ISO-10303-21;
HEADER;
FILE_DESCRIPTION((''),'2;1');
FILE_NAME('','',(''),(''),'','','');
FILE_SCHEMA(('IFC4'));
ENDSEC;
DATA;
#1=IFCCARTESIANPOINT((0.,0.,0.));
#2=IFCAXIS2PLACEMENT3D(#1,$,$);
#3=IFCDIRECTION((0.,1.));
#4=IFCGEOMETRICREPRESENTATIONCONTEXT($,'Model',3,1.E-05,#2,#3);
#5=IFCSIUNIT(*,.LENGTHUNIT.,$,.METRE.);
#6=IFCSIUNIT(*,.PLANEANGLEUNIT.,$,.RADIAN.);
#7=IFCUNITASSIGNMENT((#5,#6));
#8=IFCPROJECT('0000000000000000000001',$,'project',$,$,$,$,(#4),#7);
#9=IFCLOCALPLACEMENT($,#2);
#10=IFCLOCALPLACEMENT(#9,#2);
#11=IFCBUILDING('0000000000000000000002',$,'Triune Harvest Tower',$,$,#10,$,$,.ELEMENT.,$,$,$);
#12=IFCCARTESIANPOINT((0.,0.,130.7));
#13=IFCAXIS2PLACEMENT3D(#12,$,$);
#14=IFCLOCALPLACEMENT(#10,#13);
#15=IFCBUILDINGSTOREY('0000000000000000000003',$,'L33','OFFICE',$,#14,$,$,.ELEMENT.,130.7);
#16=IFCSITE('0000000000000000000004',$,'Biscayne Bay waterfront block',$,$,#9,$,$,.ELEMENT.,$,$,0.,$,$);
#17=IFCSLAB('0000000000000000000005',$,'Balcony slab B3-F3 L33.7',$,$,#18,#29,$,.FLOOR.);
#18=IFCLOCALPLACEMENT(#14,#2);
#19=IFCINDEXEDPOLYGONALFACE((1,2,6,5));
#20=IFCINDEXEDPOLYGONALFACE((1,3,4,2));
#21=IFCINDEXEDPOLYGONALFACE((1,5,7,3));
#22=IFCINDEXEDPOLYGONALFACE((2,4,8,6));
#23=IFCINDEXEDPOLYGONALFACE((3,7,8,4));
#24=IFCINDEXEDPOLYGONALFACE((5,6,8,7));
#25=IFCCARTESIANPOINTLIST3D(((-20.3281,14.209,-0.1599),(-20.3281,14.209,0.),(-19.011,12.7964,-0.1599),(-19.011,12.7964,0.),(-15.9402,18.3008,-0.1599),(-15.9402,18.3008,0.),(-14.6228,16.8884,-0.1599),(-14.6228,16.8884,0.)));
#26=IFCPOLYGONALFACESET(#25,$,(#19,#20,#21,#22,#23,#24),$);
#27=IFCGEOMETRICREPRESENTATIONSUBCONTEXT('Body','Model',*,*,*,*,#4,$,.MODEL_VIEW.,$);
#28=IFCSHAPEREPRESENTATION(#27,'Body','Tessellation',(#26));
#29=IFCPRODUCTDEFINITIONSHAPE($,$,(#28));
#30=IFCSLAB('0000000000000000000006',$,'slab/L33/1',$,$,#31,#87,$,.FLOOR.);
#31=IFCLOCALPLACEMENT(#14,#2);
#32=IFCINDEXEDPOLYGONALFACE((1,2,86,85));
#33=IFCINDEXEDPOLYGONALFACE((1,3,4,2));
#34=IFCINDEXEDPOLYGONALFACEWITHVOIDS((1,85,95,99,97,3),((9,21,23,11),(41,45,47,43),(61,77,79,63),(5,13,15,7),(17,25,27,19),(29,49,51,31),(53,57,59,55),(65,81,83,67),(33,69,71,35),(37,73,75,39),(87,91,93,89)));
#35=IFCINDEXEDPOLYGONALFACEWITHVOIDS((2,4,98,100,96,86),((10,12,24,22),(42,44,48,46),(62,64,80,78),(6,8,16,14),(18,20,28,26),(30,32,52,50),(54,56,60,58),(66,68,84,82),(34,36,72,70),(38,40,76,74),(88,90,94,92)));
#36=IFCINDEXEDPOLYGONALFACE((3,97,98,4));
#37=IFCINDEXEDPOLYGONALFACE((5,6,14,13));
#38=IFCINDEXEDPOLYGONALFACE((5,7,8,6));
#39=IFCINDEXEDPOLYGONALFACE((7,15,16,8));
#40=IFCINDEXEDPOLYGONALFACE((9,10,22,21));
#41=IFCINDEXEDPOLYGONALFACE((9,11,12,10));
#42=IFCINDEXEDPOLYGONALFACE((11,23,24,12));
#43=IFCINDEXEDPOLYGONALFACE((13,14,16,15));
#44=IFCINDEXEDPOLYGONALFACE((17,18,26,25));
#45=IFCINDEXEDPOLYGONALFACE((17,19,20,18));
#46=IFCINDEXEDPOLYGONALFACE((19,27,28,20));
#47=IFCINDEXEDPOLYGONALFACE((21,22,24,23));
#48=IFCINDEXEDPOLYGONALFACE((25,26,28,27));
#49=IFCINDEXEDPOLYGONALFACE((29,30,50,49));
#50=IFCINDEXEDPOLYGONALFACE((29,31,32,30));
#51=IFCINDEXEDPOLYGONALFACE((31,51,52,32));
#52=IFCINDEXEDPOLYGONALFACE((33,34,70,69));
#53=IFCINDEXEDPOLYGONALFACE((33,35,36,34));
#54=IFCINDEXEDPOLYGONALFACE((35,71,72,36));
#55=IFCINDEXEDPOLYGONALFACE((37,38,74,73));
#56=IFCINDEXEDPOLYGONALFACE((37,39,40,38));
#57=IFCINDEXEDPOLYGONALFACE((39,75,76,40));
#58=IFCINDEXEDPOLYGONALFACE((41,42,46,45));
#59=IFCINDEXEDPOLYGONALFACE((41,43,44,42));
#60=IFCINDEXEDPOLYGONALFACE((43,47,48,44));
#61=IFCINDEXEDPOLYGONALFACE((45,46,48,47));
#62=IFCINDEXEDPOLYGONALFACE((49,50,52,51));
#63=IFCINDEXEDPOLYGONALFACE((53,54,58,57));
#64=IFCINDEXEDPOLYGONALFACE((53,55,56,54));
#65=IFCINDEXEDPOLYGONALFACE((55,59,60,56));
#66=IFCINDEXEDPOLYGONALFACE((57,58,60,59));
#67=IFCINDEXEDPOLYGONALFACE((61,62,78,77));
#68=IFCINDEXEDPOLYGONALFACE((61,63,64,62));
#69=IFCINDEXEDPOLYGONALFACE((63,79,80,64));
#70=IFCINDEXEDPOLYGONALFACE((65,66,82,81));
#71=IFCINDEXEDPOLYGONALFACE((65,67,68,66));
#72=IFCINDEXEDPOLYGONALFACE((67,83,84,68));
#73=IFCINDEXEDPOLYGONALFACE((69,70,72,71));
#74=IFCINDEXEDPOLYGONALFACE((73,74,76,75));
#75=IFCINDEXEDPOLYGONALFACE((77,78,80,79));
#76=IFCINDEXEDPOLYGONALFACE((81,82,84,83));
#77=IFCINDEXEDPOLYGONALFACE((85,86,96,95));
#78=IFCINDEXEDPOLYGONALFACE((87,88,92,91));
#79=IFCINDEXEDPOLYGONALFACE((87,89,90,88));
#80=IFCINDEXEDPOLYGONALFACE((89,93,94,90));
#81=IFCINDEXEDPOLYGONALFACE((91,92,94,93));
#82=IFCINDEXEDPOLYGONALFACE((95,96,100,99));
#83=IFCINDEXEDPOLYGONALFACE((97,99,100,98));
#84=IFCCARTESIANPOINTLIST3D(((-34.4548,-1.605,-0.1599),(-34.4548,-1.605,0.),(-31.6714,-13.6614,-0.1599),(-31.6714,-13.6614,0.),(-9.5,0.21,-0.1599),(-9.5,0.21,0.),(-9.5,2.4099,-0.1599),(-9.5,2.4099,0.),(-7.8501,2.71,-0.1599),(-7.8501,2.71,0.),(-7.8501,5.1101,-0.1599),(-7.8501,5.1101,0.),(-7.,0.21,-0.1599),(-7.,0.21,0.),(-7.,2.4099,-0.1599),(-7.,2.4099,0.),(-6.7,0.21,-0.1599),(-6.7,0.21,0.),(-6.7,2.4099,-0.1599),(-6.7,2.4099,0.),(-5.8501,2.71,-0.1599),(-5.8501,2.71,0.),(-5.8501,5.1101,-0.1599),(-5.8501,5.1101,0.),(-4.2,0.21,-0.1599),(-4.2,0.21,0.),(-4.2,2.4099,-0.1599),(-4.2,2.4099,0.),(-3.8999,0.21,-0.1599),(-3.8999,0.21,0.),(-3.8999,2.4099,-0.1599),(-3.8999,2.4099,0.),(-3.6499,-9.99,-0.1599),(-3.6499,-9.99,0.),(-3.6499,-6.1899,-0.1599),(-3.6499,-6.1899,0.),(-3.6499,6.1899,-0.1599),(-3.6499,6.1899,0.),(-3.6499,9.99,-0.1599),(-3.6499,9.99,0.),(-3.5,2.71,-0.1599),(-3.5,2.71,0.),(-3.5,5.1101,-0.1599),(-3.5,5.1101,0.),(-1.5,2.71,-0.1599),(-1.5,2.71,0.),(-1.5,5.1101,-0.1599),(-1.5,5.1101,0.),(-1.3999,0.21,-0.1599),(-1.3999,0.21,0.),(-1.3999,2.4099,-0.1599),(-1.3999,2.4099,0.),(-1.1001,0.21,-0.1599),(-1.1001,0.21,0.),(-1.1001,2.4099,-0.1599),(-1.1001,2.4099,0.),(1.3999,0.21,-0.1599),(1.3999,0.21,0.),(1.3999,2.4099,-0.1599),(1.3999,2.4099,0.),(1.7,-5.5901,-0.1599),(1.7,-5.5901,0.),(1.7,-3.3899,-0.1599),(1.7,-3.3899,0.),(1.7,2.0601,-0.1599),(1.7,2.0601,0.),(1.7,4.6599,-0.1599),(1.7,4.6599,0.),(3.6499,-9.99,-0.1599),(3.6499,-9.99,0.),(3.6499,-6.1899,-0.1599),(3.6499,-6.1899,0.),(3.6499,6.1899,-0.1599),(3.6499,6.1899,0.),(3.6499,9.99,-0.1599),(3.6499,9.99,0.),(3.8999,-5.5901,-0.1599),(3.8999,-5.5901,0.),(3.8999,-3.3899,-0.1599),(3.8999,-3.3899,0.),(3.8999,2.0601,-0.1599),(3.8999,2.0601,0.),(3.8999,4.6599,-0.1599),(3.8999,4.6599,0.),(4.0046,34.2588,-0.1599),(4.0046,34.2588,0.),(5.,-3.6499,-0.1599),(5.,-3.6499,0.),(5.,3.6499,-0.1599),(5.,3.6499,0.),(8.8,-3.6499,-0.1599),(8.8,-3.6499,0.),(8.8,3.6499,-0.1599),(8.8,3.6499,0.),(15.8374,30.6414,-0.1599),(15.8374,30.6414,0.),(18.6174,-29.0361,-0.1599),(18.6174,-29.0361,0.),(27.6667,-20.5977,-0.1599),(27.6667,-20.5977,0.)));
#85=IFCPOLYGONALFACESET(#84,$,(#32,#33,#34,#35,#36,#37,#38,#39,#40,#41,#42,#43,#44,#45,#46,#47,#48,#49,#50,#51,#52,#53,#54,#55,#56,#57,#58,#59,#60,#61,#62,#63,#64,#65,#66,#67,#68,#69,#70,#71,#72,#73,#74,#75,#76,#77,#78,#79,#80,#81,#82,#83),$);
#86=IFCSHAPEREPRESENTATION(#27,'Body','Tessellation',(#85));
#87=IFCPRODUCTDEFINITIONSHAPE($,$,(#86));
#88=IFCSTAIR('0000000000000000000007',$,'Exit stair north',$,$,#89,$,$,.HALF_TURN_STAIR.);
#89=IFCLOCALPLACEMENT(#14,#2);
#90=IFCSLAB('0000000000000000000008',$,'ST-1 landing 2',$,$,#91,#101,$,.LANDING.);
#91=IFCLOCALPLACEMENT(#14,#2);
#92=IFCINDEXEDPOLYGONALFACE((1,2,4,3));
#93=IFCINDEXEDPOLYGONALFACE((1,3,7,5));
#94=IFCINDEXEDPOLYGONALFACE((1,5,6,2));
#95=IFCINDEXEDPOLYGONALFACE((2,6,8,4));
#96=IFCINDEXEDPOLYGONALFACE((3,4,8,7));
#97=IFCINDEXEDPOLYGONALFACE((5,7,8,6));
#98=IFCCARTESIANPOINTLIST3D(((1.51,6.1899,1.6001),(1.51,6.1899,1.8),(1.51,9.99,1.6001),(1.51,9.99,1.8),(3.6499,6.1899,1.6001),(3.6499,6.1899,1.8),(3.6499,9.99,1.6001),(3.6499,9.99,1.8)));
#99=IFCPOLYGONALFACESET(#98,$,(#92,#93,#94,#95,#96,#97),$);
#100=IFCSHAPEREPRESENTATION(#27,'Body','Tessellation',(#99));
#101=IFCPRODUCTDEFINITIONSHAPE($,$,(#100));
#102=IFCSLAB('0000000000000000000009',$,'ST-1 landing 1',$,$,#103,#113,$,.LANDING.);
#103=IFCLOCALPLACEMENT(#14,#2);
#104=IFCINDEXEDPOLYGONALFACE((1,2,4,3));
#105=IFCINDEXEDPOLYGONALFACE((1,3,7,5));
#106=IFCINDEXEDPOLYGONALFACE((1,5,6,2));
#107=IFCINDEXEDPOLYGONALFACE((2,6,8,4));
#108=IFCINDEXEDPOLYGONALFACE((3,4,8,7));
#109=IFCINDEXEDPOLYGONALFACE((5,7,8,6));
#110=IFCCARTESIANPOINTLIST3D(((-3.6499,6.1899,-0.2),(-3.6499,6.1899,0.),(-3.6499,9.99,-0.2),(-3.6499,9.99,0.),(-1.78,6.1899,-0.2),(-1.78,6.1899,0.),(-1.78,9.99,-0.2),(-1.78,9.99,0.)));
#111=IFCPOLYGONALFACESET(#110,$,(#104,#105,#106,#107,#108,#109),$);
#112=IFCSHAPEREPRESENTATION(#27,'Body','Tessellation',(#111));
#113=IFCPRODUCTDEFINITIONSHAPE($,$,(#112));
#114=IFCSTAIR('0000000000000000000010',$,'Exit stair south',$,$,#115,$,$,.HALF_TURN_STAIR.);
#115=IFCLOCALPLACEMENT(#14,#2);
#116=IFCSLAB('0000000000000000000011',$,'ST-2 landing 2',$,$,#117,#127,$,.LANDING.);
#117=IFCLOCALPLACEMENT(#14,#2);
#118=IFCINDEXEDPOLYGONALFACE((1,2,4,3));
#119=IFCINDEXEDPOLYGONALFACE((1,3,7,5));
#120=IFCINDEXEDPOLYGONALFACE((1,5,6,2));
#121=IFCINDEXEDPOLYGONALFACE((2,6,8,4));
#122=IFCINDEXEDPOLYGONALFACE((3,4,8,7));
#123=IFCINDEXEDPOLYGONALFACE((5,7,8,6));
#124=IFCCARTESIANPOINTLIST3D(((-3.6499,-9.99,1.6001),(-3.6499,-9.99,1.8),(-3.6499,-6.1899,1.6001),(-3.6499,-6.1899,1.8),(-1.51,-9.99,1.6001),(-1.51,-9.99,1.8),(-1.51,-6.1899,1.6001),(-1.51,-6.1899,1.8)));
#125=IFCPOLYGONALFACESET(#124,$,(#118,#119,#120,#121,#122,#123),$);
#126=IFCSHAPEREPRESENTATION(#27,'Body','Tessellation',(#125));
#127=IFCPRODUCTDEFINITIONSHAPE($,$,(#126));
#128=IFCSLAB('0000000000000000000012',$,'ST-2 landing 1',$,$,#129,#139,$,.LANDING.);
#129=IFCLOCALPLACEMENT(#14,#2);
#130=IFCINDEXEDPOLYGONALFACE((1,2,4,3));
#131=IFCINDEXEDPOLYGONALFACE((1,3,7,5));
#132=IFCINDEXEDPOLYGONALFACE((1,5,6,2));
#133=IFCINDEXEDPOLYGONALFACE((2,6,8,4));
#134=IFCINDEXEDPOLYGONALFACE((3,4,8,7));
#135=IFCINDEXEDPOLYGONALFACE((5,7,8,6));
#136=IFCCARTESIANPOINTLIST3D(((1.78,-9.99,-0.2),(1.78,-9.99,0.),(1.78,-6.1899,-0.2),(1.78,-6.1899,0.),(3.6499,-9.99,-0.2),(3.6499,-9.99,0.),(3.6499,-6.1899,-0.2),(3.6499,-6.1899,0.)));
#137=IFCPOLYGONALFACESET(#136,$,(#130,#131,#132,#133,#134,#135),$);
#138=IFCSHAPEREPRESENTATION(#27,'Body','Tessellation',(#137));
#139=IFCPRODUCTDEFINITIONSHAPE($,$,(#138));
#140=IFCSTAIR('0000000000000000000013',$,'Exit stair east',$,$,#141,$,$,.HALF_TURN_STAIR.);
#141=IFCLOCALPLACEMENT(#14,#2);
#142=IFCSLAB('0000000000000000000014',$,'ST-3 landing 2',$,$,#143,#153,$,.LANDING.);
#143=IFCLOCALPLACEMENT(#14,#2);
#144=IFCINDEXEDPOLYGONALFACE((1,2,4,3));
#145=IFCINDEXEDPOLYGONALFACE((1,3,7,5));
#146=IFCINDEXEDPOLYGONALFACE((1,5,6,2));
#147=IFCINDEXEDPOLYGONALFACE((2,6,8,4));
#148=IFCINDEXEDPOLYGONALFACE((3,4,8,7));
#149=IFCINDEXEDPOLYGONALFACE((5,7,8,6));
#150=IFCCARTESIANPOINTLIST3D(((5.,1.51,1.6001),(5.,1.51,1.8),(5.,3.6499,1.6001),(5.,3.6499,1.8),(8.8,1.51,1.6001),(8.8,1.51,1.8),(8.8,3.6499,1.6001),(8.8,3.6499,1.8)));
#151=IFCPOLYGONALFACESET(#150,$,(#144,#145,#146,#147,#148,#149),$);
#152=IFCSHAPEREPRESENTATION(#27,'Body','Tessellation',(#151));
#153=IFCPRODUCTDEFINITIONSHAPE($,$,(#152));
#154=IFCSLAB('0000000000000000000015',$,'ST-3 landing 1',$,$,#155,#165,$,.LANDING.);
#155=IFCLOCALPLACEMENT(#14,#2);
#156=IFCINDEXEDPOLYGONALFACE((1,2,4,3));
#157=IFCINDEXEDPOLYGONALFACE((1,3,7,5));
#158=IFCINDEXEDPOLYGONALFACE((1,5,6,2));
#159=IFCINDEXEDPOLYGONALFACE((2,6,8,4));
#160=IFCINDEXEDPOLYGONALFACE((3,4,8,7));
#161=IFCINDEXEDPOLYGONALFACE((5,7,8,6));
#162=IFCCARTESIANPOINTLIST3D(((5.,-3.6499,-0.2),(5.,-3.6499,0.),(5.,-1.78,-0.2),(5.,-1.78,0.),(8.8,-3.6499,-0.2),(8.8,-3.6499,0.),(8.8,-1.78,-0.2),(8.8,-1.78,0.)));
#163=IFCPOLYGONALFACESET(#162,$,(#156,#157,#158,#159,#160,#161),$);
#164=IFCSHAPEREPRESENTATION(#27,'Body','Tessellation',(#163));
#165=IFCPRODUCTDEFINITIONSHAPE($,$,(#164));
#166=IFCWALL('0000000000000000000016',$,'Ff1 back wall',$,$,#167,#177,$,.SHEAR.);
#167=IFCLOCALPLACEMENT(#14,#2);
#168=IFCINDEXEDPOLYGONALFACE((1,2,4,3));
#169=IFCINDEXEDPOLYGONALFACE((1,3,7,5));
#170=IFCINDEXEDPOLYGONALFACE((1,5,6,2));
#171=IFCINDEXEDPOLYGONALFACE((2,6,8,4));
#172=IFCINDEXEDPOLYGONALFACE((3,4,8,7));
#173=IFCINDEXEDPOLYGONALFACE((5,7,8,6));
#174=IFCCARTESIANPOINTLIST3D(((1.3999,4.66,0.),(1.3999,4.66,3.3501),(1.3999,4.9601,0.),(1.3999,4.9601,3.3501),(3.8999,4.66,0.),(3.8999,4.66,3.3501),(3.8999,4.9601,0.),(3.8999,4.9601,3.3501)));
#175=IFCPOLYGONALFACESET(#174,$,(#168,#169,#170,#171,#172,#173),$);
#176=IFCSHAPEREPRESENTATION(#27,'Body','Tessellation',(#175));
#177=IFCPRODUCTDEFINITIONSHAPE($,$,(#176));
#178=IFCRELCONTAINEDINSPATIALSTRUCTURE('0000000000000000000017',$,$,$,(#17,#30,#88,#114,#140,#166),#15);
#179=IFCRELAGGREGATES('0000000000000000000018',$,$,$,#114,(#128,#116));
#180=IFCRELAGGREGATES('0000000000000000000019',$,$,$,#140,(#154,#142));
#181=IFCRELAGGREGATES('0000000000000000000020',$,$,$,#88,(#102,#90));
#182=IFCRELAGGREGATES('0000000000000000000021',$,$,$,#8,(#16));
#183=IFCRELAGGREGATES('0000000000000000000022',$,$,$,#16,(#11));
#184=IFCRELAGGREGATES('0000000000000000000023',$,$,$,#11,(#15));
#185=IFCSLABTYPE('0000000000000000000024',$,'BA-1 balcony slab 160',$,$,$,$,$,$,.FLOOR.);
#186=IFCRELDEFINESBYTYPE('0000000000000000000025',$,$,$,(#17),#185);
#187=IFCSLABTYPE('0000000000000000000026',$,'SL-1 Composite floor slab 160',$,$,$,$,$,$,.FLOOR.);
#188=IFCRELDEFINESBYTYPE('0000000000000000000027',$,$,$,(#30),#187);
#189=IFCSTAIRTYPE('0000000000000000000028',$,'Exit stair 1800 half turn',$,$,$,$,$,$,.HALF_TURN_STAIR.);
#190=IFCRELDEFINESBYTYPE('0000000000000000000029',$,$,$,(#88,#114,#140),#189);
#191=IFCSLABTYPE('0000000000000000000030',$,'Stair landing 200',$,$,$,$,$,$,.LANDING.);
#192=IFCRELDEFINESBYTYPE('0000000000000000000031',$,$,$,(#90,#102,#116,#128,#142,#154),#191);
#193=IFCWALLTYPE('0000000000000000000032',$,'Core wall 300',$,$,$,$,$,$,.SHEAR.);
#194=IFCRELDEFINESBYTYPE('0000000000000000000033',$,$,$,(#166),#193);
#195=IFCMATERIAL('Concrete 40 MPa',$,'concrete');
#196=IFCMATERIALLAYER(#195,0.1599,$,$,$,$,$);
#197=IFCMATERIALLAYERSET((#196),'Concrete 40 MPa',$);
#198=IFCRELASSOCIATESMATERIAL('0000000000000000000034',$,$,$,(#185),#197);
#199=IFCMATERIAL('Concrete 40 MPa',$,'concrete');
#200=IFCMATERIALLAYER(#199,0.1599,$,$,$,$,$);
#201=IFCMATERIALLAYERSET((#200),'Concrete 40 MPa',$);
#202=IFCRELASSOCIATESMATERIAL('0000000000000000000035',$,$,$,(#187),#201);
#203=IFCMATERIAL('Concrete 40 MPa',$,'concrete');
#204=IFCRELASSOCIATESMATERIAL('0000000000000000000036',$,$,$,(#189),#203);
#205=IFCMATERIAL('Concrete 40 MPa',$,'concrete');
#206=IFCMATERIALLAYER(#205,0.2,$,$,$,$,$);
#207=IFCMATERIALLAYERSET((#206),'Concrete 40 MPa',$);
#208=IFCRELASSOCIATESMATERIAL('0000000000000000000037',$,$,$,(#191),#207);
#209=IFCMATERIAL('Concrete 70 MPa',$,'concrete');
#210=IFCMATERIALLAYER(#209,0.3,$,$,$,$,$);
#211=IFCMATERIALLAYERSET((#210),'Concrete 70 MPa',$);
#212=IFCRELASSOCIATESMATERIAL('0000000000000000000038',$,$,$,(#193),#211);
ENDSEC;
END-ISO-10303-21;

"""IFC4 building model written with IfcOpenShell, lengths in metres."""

from ifc_helpers import new_model, si_unit, direction, frame, frame_2d, origin, place, context, subcontext, project, spatial, polyline, rectangle, outline, extrude, source, transform, mapped, material, layer, layer_set, type_object, element, aggregate, save


model = new_model("IFC4")

# Units and contexts
model_context = context("Model", 3, precision=1e-05, world=origin(), true_north=direction((0.0, 1.0)))
body_context = subcontext(model_context, "Body", "Model", "MODEL_VIEW")
ifc_project = project(units=[si_unit("LENGTHUNIT", "METRE"), si_unit("PLANEANGLEUNIT", "RADIAN")], contexts=[model_context])

# Site, building, storey
site_placement = place(None, origin())
site = spatial("IfcSite", under=ifc_project, at=site_placement, Name="Biscayne Bay waterfront block", CompositionType="ELEMENT", RefElevation=0.0)
building_placement = place(site_placement, origin())
building = spatial("IfcBuilding", under=site, at=building_placement, Name="Triune Harvest Tower", CompositionType="ELEMENT")
storey_placement = place(building_placement, frame((0.0, 0.0, 130.7)))
storey = spatial("IfcBuildingStorey", under=building, at=storey_placement, Name="L33", Description="OFFICE", CompositionType="ELEMENT", Elevation=130.7)

# Slabs
ifc_material_1 = material(Name="Concrete 40 MPa", Category="concrete")
ifc_layer_1 = layer(ifc_material_1, 0.1599)
ifc_layer_set_1 = layer_set([ifc_layer_1], Name="Concrete 40 MPa")
slab_type_1 = type_object("IfcSlabType", Name="BA-1 balcony slab 160", PredefinedType="FLOOR", material=ifc_layer_set_1)
slab_1_placement = place(storey_placement, frame((0.0, 0.0, -0.1599)))
element("IfcSlab", 1, at=slab_1_placement, inside=storey, type_object=slab_type_1, Name="Balcony slab B3-F3 L33.7", PredefinedType="FLOOR", context=body_context, shape_type="SweptSolid", body=[
    extrude(outline(polyline([(-14.6228, 16.8884), (-19.011, 12.7964), (-20.3281, 14.209), (-15.9402, 18.3008), (-14.6228, 16.8884)])), origin(), (0.0, 0.0, 1.0), 0.1599),
])
ifc_material_2 = material(Name="Concrete 40 MPa", Category="concrete")
ifc_layer_2 = layer(ifc_material_2, 0.1599)
ifc_layer_set_2 = layer_set([ifc_layer_2], Name="Concrete 40 MPa")
slab_type_2 = type_object("IfcSlabType", Name="SL-1 Composite floor slab 160", PredefinedType="FLOOR", material=ifc_layer_set_2)
shared_shape_1 = source(origin(), body_context, "Body", "SweptSolid", [
    extrude(outline(polyline([(27.6667, -20.5977), (15.8374, 30.6414), (4.0046, 34.2588), (-34.4548, -1.605), (-31.6714, -13.6614), (18.6174, -29.0361), (27.6667, -20.5977)]), holes=[polyline([(-7.0, 0.21), (-7.0, 2.4099), (-9.5, 2.4099), (-9.5, 0.21), (-7.0, 0.21)]), polyline([(-4.2, 0.21), (-4.2, 2.4099), (-6.7, 2.4099), (-6.7, 0.21), (-4.2, 0.21)]), polyline([(-1.3999, 0.21), (-1.3999, 2.4099), (-3.8999, 2.4099), (-3.8999, 0.21), (-1.3999, 0.21)]), polyline([(1.3999, 0.21), (1.3999, 2.4099), (-1.1001, 2.4099), (-1.1001, 0.21), (1.3999, 0.21)]), polyline([(3.8999, 2.0601), (3.8999, 4.6599), (1.7, 4.6599), (1.7, 2.0601), (3.8999, 2.0601)]), polyline([(3.8999, -5.5901), (3.8999, -3.3899), (1.7, -3.3899), (1.7, -5.5901), (3.8999, -5.5901)]), polyline([(-5.8501, 2.71), (-5.8501, 5.1101), (-7.8501, 5.1101), (-7.8501, 2.71), (-5.8501, 2.71)]), polyline([(-1.5, 2.71), (-1.5, 5.1101), (-3.5, 5.1101), (-3.5, 2.71), (-1.5, 2.71)]), polyline([(3.6499, 6.1899), (3.6499, 9.99), (-3.6499, 9.99), (-3.6499, 6.1899), (3.6499, 6.1899)]), polyline([(3.6499, -9.99), (3.6499, -6.1899), (-3.6499, -6.1899), (-3.6499, -9.99), (3.6499, -9.99)]), polyline([(8.8, -3.6499), (8.8, 3.6499), (5.0, 3.6499), (5.0, -3.6499), (8.8, -3.6499)])]), origin(), (0.0, 0.0, 1.0), 0.1599),
])
slab_2_placement = place(storey_placement, frame((0.0, 0.0, -0.1599)))
element("IfcSlab", 2, at=slab_2_placement, inside=storey, type_object=slab_type_2, Name="slab/L33/1", PredefinedType="FLOOR", context=body_context, shape_type="MappedRepresentation", body=[
    mapped(shared_shape_1, transform((0.0, 0.0, 0.0), scale=1.0)),
])

# Stairs, slabs
ifc_material_3 = material(Name="Concrete 40 MPa", Category="concrete")
stair_type = type_object("IfcStairType", Name="Exit stair 1800 half turn", PredefinedType="HALF_TURN_STAIR", material=ifc_material_3)
stair_1_placement = place(storey_placement, origin())
stair_1 = element("IfcStair", 3, at=stair_1_placement, inside=storey, type_object=stair_type, Name="Exit stair north", PredefinedType="HALF_TURN_STAIR")
ifc_material_4 = material(Name="Concrete 40 MPa", Category="concrete")
ifc_layer_3 = layer(ifc_material_4, 0.2)
ifc_layer_set_3 = layer_set([ifc_layer_3], Name="Concrete 40 MPa")
slab_type_3 = type_object("IfcSlabType", Name="Stair landing 200", PredefinedType="LANDING", material=ifc_layer_set_3)
shared_shape_2 = source(origin(), body_context, "Body", "SweptSolid", [
    extrude(outline(polyline([(1.51, 6.1899), (3.6499, 6.1899), (3.6499, 9.99), (1.51, 9.99), (1.51, 6.1899)])), origin(), (0.0, 0.0, 1.0), 0.2),
])
slab_3_placement = place(storey_placement, frame((0.0, 0.0, 1.6001)))
slab_3 = element("IfcSlab", 4, at=slab_3_placement, type_object=slab_type_3, Name="ST-1 landing 2", PredefinedType="LANDING", context=body_context, shape_type="MappedRepresentation", body=[
    mapped(shared_shape_2, transform((0.0, 0.0, 0.0), scale=1.0)),
])
shared_shape_3 = source(origin(), body_context, "Body", "SweptSolid", [
    extrude(outline(polyline([(-3.6499, 6.1899), (-1.78, 6.1899), (-1.78, 9.99), (-3.6499, 9.99), (-3.6499, 6.1899)])), origin(), (0.0, 0.0, 1.0), 0.2),
])
slab_4_placement = place(storey_placement, frame((0.0, 0.0, -0.2)))
slab_4 = element("IfcSlab", 5, at=slab_4_placement, type_object=slab_type_3, Name="ST-1 landing 1", PredefinedType="LANDING", context=body_context, shape_type="MappedRepresentation", body=[
    mapped(shared_shape_3, transform((0.0, 0.0, 0.0), scale=1.0)),
])
stair_2_placement = place(storey_placement, origin())
stair_2 = element("IfcStair", 6, at=stair_2_placement, inside=storey, type_object=stair_type, Name="Exit stair south", PredefinedType="HALF_TURN_STAIR")
shared_shape_4 = source(origin(), body_context, "Body", "SweptSolid", [
    extrude(outline(polyline([(-1.51, -6.1899), (-3.6499, -6.1899), (-3.6499, -9.99), (-1.51, -9.99), (-1.51, -6.1899)])), origin(), (0.0, 0.0, 1.0), 0.2),
])
slab_5_placement = place(storey_placement, frame((0.0, 0.0, 1.6001)))
slab_5 = element("IfcSlab", 7, at=slab_5_placement, type_object=slab_type_3, Name="ST-2 landing 2", PredefinedType="LANDING", context=body_context, shape_type="MappedRepresentation", body=[
    mapped(shared_shape_4, transform((0.0, 0.0, 0.0), scale=1.0)),
])
shared_shape_5 = source(origin(), body_context, "Body", "SweptSolid", [
    extrude(outline(polyline([(3.6499, -6.1899), (1.78, -6.1899), (1.78, -9.99), (3.6499, -9.99), (3.6499, -6.1899)])), origin(), (0.0, 0.0, 1.0), 0.2),
])
slab_6_placement = place(storey_placement, frame((0.0, 0.0, -0.2)))
slab_6 = element("IfcSlab", 8, at=slab_6_placement, type_object=slab_type_3, Name="ST-2 landing 1", PredefinedType="LANDING", context=body_context, shape_type="MappedRepresentation", body=[
    mapped(shared_shape_5, transform((0.0, 0.0, 0.0), scale=1.0)),
])
aggregate(stair_2, [slab_6, slab_5])
stair_3_placement = place(storey_placement, origin())
stair_3 = element("IfcStair", 9, at=stair_3_placement, inside=storey, type_object=stair_type, Name="Exit stair east", PredefinedType="HALF_TURN_STAIR")
shared_shape_6 = source(origin(), body_context, "Body", "SweptSolid", [
    extrude(outline(polyline([(8.8, 1.51), (8.8, 3.6499), (5.0, 3.6499), (5.0, 1.51), (8.8, 1.51)])), origin(), (0.0, 0.0, 1.0), 0.2),
])
slab_7_placement = place(storey_placement, frame((0.0, 0.0, 1.6001)))
slab_7 = element("IfcSlab", 10, at=slab_7_placement, type_object=slab_type_3, Name="ST-3 landing 2", PredefinedType="LANDING", context=body_context, shape_type="MappedRepresentation", body=[
    mapped(shared_shape_6, transform((0.0, 0.0, 0.0), scale=1.0)),
])
shared_shape_7 = source(origin(), body_context, "Body", "SweptSolid", [
    extrude(outline(polyline([(8.8, -3.6499), (8.8, -1.78), (5.0, -1.78), (5.0, -3.6499), (8.8, -3.6499)])), origin(), (0.0, 0.0, 1.0), 0.2),
])
slab_8_placement = place(storey_placement, frame((0.0, 0.0, -0.2)))
slab_8 = element("IfcSlab", 11, at=slab_8_placement, type_object=slab_type_3, Name="ST-3 landing 1", PredefinedType="LANDING", context=body_context, shape_type="MappedRepresentation", body=[
    mapped(shared_shape_7, transform((0.0, 0.0, 0.0), scale=1.0)),
])
aggregate(stair_3, [slab_8, slab_7])

# Wall
ifc_material_5 = material(Name="Concrete 70 MPa", Category="concrete")
ifc_layer_4 = layer(ifc_material_5, 0.3)
ifc_layer_set_4 = layer_set([ifc_layer_4], Name="Concrete 70 MPa")
wall_type = type_object("IfcWallType", Name="Core wall 300", PredefinedType="SHEAR", material=ifc_layer_set_4)
shared_shape_8 = source(origin(), body_context, "Body", "SweptSolid", [
    extrude(rectangle(XDim=2.5, YDim=0.3, at=frame_2d((1.25, 0.0))), origin(), (0.0, 0.0, 1.0), 3.3501),
])
wall_1_placement = place(storey_placement, frame((1.3999, 4.8101, 0.0), z_axis=(0.0, 0.0, 1.0), x_axis=(1.0, 0.0, 0.0)))
element("IfcWall", 12, at=wall_1_placement, inside=storey, type_object=wall_type, Name="Ff1 back wall", PredefinedType="SHEAR", context=body_context, shape_type="MappedRepresentation", body=[
    mapped(shared_shape_8, transform((0.0, 0.0, 0.0), scale=1.0)),
])

aggregate(stair_1, [slab_4, slab_3])

save(model, "model.ifc")
